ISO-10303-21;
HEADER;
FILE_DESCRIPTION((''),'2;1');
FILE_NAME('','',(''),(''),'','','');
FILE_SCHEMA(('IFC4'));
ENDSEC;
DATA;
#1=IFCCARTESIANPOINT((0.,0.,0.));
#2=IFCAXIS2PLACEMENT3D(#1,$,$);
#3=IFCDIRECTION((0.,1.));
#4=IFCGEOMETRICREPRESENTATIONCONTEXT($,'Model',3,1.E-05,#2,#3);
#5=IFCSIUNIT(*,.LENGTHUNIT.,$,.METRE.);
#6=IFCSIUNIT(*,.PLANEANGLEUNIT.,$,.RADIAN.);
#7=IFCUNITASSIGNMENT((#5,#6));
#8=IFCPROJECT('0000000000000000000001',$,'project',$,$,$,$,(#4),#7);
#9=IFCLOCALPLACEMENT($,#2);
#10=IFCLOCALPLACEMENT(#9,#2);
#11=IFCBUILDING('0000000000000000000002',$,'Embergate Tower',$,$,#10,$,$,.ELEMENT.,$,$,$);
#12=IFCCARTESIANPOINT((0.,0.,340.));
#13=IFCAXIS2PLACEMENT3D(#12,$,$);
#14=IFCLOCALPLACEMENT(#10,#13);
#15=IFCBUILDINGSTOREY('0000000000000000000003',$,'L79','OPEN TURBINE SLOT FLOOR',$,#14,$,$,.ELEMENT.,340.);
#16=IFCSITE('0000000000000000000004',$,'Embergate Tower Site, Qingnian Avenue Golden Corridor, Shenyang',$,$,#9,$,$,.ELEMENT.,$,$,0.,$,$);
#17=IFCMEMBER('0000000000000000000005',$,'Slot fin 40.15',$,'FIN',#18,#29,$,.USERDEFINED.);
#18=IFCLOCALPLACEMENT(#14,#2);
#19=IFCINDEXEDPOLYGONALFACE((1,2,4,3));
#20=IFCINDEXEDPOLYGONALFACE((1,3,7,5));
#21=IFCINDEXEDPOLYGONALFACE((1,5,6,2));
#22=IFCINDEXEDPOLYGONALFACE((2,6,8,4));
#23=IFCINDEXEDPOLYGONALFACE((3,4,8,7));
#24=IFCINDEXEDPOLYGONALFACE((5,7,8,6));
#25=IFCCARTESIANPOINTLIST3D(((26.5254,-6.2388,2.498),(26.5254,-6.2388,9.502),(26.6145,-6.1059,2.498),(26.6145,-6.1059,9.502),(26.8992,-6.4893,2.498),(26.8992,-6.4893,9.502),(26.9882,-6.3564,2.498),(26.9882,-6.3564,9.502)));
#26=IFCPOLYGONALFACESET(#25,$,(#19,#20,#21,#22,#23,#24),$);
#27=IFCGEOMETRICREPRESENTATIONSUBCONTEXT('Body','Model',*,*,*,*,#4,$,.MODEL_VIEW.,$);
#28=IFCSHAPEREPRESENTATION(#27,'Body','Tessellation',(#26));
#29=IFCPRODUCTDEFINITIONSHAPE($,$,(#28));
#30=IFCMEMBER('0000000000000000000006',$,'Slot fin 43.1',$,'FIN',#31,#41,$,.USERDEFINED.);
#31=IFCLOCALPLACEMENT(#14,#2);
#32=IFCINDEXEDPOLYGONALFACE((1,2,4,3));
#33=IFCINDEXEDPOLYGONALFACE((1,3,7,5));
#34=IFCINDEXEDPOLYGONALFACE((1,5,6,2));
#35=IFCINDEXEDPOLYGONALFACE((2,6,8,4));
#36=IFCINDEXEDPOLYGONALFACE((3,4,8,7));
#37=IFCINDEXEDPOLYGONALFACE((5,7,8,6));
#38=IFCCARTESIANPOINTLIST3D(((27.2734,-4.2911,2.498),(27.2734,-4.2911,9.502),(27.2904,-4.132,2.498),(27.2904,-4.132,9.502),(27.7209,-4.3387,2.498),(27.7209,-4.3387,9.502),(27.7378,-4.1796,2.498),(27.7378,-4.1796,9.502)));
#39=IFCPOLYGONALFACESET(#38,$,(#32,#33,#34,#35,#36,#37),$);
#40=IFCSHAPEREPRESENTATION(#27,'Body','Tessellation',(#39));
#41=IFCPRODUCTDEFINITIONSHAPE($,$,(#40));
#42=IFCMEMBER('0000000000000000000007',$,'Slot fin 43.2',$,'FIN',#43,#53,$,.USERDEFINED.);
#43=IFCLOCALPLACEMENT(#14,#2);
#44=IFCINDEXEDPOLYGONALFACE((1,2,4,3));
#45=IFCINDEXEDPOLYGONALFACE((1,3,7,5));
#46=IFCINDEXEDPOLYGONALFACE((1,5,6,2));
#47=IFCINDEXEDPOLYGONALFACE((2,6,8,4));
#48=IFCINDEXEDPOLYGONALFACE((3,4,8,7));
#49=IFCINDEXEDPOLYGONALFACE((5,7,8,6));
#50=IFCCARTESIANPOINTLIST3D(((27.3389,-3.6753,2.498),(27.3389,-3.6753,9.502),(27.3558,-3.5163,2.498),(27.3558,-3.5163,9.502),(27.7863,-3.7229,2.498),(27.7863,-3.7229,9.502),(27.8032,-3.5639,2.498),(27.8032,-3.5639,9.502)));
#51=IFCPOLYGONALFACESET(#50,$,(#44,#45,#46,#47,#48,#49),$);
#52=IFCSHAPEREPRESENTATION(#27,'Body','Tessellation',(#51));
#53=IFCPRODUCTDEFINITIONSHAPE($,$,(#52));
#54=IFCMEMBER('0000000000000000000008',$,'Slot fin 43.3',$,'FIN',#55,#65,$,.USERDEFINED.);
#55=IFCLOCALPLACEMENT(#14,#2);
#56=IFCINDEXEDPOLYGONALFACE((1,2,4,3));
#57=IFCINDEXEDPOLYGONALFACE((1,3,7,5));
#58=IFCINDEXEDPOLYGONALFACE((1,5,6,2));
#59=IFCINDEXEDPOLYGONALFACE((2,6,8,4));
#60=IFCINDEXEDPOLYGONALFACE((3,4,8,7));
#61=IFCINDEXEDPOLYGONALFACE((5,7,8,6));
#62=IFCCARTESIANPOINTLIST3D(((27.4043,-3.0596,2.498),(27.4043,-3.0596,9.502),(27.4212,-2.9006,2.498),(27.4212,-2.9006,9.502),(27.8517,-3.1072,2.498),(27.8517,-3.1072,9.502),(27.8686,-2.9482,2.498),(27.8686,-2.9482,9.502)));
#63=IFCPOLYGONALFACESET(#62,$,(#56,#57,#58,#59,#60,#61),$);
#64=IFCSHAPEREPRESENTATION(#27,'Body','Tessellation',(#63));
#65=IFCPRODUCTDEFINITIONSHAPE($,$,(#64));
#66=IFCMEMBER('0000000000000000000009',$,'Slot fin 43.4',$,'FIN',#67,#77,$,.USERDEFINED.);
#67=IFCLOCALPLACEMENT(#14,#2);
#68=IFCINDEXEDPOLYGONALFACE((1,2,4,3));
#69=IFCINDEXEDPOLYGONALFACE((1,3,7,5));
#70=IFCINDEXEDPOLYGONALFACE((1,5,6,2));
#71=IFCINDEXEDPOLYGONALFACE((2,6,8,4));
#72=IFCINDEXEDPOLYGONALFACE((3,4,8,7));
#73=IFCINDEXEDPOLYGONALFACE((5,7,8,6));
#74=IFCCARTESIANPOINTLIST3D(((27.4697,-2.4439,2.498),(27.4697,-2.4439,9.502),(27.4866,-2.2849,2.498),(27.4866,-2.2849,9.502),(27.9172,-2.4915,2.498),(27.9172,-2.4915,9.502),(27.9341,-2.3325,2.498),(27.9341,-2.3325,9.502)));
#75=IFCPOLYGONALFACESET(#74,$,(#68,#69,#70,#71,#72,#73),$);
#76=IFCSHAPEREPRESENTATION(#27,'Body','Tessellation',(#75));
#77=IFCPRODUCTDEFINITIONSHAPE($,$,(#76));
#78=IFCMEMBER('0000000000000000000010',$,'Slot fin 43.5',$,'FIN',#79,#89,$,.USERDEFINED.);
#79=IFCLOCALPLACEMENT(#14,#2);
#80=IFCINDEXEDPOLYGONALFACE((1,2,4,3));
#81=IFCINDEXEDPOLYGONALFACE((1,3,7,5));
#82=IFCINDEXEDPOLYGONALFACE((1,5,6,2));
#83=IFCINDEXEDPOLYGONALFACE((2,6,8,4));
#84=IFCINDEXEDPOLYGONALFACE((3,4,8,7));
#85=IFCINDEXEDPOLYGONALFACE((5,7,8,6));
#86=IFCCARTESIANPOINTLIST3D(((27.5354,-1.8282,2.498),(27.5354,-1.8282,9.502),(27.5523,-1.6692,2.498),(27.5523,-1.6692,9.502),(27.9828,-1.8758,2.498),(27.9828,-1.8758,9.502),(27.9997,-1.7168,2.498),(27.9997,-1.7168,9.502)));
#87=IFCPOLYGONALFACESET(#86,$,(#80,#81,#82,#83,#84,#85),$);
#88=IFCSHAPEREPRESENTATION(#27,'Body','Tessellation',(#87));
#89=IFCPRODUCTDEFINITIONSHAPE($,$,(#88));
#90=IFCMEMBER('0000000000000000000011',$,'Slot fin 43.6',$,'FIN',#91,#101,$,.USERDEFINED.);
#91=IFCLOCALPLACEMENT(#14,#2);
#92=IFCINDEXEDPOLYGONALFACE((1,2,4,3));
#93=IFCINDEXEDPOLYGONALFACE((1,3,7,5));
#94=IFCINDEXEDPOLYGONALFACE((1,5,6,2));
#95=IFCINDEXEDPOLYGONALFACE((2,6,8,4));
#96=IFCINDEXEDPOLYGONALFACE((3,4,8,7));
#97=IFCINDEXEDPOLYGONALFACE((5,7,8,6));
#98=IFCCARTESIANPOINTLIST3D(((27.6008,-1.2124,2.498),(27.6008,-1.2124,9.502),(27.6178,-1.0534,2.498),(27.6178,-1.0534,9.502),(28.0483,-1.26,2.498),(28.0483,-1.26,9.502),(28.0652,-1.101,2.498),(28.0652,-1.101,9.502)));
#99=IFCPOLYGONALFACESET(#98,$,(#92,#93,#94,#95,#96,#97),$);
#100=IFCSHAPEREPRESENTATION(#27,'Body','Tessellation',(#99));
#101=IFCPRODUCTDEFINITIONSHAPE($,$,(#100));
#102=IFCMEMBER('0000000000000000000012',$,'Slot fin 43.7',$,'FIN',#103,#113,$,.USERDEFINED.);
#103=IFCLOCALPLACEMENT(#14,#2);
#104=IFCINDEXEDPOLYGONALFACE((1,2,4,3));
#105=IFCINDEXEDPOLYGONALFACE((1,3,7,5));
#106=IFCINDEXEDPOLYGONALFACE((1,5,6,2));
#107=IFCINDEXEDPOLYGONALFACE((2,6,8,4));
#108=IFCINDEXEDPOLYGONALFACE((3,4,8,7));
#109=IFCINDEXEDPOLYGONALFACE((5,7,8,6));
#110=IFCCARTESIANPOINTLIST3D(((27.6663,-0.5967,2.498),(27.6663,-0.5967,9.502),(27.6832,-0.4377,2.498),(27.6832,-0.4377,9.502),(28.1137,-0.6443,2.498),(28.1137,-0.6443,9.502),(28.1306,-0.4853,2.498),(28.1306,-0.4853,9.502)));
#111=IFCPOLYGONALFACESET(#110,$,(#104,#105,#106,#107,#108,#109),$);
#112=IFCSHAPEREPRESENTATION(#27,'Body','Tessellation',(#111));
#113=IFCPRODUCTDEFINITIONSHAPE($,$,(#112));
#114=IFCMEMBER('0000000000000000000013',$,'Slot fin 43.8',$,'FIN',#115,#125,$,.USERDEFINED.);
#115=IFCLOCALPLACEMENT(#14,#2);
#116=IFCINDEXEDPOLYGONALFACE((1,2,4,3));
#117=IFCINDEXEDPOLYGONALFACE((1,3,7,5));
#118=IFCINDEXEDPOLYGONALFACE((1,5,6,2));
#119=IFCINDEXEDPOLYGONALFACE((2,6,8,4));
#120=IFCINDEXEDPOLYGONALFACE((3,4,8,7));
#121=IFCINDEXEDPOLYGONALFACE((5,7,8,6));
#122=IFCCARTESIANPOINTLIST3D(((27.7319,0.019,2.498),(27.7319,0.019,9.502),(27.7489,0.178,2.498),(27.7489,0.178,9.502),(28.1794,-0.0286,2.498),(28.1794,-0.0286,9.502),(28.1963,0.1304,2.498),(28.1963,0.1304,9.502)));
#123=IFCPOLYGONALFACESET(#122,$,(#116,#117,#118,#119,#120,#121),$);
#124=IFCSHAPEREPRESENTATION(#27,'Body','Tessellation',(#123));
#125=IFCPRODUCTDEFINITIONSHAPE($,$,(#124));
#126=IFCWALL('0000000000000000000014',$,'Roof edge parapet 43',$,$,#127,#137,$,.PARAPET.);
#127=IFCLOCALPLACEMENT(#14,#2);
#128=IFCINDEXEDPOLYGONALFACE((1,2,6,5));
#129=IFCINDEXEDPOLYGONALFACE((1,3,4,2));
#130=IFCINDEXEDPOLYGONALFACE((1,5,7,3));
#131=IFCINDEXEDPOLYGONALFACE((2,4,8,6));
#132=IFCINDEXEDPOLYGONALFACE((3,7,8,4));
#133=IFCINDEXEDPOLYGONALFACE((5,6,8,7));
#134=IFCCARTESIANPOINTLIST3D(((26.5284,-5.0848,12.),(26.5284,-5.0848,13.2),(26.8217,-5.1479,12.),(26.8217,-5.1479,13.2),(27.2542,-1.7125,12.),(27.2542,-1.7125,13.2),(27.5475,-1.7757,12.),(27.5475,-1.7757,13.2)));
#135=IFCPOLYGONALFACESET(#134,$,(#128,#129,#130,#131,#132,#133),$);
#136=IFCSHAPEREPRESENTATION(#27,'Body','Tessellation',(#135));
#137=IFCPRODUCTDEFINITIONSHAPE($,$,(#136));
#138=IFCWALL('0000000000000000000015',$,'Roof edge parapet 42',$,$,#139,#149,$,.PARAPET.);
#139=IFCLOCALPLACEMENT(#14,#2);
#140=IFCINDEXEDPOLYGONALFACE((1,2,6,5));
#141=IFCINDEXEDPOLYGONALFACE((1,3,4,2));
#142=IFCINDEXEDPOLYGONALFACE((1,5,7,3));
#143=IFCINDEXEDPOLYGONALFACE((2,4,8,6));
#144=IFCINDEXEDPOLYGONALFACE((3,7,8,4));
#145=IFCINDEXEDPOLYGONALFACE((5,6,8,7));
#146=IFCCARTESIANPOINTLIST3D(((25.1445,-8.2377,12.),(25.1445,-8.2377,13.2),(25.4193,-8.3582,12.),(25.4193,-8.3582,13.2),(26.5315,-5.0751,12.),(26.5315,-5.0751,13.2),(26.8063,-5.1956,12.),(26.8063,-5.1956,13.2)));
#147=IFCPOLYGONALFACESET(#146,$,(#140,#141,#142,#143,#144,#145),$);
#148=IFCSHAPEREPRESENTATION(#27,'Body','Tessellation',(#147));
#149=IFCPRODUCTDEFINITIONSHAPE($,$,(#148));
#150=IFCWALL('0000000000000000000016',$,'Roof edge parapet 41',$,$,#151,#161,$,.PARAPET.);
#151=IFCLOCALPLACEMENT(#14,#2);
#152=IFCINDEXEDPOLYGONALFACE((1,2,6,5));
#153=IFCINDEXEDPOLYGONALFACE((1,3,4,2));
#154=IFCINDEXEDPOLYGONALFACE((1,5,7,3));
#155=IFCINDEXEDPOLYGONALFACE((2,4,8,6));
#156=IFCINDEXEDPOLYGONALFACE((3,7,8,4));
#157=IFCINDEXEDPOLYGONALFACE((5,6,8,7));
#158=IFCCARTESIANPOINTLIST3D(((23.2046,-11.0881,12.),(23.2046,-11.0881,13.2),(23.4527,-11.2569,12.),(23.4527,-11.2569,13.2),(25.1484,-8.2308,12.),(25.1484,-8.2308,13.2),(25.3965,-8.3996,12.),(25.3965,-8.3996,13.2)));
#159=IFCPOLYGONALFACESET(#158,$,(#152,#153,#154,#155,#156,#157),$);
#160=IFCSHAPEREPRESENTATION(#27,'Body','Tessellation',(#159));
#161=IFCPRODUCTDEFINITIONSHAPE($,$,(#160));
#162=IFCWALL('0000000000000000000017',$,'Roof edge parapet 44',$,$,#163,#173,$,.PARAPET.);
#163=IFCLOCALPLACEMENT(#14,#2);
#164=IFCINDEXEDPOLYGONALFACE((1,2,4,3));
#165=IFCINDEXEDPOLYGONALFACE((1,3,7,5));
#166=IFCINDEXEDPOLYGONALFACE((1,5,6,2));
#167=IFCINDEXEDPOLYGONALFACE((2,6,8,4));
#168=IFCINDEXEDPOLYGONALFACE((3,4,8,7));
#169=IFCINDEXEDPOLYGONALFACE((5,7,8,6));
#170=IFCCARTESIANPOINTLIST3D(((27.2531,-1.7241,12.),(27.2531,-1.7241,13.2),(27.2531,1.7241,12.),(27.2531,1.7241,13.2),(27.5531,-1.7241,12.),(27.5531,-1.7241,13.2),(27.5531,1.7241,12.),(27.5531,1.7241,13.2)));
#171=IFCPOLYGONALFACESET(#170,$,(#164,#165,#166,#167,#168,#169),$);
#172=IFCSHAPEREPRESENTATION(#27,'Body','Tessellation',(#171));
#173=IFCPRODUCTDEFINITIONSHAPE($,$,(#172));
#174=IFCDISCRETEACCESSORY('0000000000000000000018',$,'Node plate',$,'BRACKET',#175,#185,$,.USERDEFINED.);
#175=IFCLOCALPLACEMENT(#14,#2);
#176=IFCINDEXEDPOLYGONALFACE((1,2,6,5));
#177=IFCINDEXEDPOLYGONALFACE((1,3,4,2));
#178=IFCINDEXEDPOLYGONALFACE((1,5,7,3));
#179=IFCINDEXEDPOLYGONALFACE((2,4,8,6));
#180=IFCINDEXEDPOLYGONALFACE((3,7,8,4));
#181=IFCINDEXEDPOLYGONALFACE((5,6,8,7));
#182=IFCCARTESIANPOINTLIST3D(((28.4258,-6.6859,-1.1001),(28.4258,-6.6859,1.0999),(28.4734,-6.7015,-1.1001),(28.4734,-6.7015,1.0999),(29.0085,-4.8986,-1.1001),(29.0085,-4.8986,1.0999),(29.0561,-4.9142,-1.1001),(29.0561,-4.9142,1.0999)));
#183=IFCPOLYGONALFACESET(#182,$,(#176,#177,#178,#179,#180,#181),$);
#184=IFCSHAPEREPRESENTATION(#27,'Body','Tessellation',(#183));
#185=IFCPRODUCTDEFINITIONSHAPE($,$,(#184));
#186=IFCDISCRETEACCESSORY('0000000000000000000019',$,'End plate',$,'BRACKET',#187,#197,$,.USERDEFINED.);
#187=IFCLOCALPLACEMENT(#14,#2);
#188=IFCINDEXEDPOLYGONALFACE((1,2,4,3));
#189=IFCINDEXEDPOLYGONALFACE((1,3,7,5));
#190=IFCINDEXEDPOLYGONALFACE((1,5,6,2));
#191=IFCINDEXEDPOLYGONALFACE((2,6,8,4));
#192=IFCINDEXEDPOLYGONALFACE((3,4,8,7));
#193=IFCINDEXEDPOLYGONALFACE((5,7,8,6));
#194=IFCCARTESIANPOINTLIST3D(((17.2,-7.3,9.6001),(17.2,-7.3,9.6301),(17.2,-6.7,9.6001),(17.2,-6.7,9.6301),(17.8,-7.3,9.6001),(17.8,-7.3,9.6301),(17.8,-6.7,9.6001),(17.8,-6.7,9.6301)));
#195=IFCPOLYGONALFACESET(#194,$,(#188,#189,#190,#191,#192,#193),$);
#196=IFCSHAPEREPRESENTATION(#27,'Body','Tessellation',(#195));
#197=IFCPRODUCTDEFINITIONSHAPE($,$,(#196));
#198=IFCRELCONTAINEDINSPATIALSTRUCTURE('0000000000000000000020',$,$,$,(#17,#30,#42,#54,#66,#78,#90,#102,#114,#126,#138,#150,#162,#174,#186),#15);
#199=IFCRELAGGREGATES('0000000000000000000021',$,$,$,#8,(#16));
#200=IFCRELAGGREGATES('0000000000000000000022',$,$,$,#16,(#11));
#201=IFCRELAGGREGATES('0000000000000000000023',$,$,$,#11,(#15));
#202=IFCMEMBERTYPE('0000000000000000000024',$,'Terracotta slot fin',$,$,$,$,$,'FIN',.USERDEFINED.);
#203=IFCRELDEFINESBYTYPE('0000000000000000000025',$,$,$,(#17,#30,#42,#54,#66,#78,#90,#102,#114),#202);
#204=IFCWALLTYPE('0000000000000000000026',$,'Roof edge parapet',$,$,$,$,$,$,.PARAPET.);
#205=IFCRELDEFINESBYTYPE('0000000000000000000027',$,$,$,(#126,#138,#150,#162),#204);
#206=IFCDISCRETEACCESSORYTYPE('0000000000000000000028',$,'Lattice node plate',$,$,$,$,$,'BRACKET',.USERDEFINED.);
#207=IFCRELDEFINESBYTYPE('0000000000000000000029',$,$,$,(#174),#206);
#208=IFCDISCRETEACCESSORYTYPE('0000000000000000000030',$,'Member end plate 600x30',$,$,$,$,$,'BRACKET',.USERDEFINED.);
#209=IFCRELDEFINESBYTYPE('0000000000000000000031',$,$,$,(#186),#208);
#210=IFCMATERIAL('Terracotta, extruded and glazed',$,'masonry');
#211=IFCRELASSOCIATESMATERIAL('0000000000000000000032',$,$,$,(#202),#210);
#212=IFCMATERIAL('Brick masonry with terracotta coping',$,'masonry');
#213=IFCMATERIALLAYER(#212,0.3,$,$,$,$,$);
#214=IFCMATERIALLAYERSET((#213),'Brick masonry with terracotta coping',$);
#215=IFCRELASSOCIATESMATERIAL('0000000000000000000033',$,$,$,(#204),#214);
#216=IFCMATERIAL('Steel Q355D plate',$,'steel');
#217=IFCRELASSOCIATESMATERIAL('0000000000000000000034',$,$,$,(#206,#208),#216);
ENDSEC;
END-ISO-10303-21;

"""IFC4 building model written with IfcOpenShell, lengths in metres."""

from ifc_helpers import new_model, si_unit, direction, frame, frame_2d, origin, origin_2d, place, context, subcontext, project, spatial, rectangle, extrude, source, transform, mapped, material, layer, layer_set, material_profile, profile_set, type_object, element, save


model = new_model("IFC4")

# Units and contexts
model_context = context("Model", 3, precision=1e-05, world=origin(), true_north=direction((0.0, 1.0)))
body_context = subcontext(model_context, "Body", "Model", "MODEL_VIEW")
ifc_project = project(units=[si_unit("LENGTHUNIT", "METRE"), si_unit("PLANEANGLEUNIT", "RADIAN")], contexts=[model_context])

# Site, building, storey
site_placement = place(None, origin())
site = spatial("IfcSite", under=ifc_project, at=site_placement, Name="Embergate Tower Site, Qingnian Avenue Golden Corridor, Shenyang", CompositionType="ELEMENT", RefElevation=0.0)
building_placement = place(site_placement, origin())
building = spatial("IfcBuilding", under=site, at=building_placement, Name="Embergate Tower", CompositionType="ELEMENT")
storey_placement = place(building_placement, frame((0.0, 0.0, 340.0)))
storey = spatial("IfcBuildingStorey", under=building, at=storey_placement, Name="L79", Description="OPEN TURBINE SLOT FLOOR", CompositionType="ELEMENT", Elevation=340.0)

# Members
ifc_material_1 = material(Name="Terracotta, extruded and glazed", Category="masonry")
ifc_material_profile_1 = material_profile(ifc_material_1, rectangle(XDim=0.45, YDim=0.1599, at=origin_2d()), Name="TC 450x160")
ifc_profile_set_1 = profile_set([ifc_material_profile_1], Name="Terracotta, extruded and glazed")
member_type_1 = type_object("IfcMemberType", Name="Terracotta slot fin", ElementType="FIN", PredefinedType="USERDEFINED", material=ifc_profile_set_1)
shared_shape_1 = source(origin(), body_context, "Body", "SweptSolid", [
    extrude(rectangle(XDim=0.45, YDim=0.1599, at=origin_2d()), origin(), (0.0, 0.0, 1.0), 7.0039),
])
for number, where, z_axis, x_axis, name in (
    (1, (26.7568, -6.2976, 2.498), (0.0, 0.0, 1.0), (-0.830713, 0.556702, 0.0), "Slot fin 40.15"),
    (2, (27.5056, -4.2354, 2.498), (0.0, 0.0, 1.0), (-0.99439, 0.105775, 0.0), "Slot fin 43.1"),
    (3, (27.571, -3.6196, 2.498), (0.0, 0.0, 1.0), (-0.99439, 0.105775, 0.0), "Slot fin 43.2"),
    (4, (27.6365, -3.0039, 2.498), (0.0, 0.0, 1.0), (-0.99439, 0.105775, 0.0), "Slot fin 43.3"),
    (5, (27.7019, -2.3882, 2.498), (0.0, 0.0, 1.0), (-0.99439, 0.105775, 0.0), "Slot fin 43.4"),
    (6, (27.7676, -1.7725, 2.498), (0.0, 0.0, 1.0), (-0.99439, 0.105775, 0.0), "Slot fin 43.5"),
    (7, (27.833, -1.1567, 2.498), (0.0, 0.0, 1.0), (-0.99439, 0.105775, 0.0), "Slot fin 43.6"),
    (8, (27.8984, -0.541, 2.498), (0.0, 0.0, 1.0), (-0.99439, 0.105775, 0.0), "Slot fin 43.7"),
    (9, (27.9641, 0.0747, 2.498), (0.0, 0.0, 1.0), (-0.99439, 0.105775, 0.0), "Slot fin 43.8"),
):
    element("IfcMember", number, at=place(storey_placement, frame(where, z_axis=z_axis, x_axis=x_axis)), inside=storey, type_object=member_type_1, Name=name, ObjectType="FIN", PredefinedType="USERDEFINED", context=body_context, shape_type="MappedRepresentation", body=[
        mapped(shared_shape_1, transform((0.0, 0.0, 0.0))),
    ])

# Walls
ifc_material_2 = material(Name="Brick masonry with terracotta coping", Category="masonry")
ifc_layer = layer(ifc_material_2, 0.3)
ifc_layer_set = layer_set([ifc_layer], Name="Brick masonry with terracotta coping")
wall_type = type_object("IfcWallType", Name="Roof edge parapet", PredefinedType="PARAPET", material=ifc_layer_set)
shared_shape_2 = source(origin(), body_context, "Body", "SweptSolid", [
    extrude(rectangle(XDim=3.4495, YDim=0.3, at=frame_2d((1.7246, 0.0))), origin(), (0.0, 0.0, 1.0), 1.2),
])
wall_1_placement = place(storey_placement, frame((26.675, -5.1162, 12.0), z_axis=(0.0, 0.0, 1.0), x_axis=(0.210414, 0.977612, 0.0)))
element("IfcWall", 10, at=wall_1_placement, inside=storey, type_object=wall_type, Name="Roof edge parapet 43", PredefinedType="PARAPET", context=body_context, shape_type="MappedRepresentation", body=[
    mapped(shared_shape_2, transform((0.0, 0.0, 0.0))),
])
shared_shape_3 = source(origin(), body_context, "Body", "SweptSolid", [
    extrude(rectangle(XDim=3.4534, YDim=0.3, at=frame_2d((1.7266, 0.0))), origin(), (0.0, 0.0, 1.0), 1.2),
])
wall_2_placement = place(storey_placement, frame((25.282, -8.2979, 12.0), z_axis=(0.0, 0.0, 1.0), x_axis=(0.401627, 0.915803, 0.0)))
element("IfcWall", 11, at=wall_2_placement, inside=storey, type_object=wall_type, Name="Roof edge parapet 42", PredefinedType="PARAPET", context=body_context, shape_type="MappedRepresentation", body=[
    mapped(shared_shape_3, transform((0.0, 0.0, 0.0))),
])
shared_shape_4 = source(origin(), body_context, "Body", "SweptSolid", [
    extrude(rectangle(XDim=3.4558, YDim=0.3, at=frame_2d((1.728, 0.0))), origin(), (0.0, 0.0, 1.0), 1.2),
])
wall_3_placement = place(storey_placement, frame((23.3286, -11.1726, 12.0), z_axis=(0.0, 0.0, 1.0), x_axis=(0.562468, 0.826819, 0.0)))
element("IfcWall", 12, at=wall_3_placement, inside=storey, type_object=wall_type, Name="Roof edge parapet 41", PredefinedType="PARAPET", context=body_context, shape_type="MappedRepresentation", body=[
    mapped(shared_shape_4, transform((0.0, 0.0, 0.0))),
])
shared_shape_5 = source(origin(), body_context, "Body", "SweptSolid", [
    extrude(rectangle(XDim=3.4482, YDim=0.3, at=frame_2d((1.7241, 0.0))), origin(), (0.0, 0.0, 1.0), 1.2),
])
wall_4_placement = place(storey_placement, frame((27.4031, -1.7241, 12.0), z_axis=(0.0, 0.0, 1.0), x_axis=(0.0, 1.0, 0.0)))
element("IfcWall", 13, at=wall_4_placement, inside=storey, type_object=wall_type, Name="Roof edge parapet 44", PredefinedType="PARAPET", context=body_context, shape_type="MappedRepresentation", body=[
    mapped(shared_shape_5, transform((0.0, 0.0, 0.0))),
])

# Discrete accessories
ifc_material_3 = material(Name="Steel Q355D plate", Category="steel")
discrete_accessory_type_1 = type_object("IfcDiscreteAccessoryType", Name="Lattice node plate", ElementType="BRACKET", PredefinedType="USERDEFINED", material=ifc_material_3)
shared_shape_6 = source(origin(), body_context, "Body", "SweptSolid", [
    extrude(rectangle(XDim=1.8799, YDim=0.05, at=origin_2d()), origin(), (0.0, 0.0, 1.0), 2.2),
])
discrete_accessory_1_placement = place(storey_placement, frame((28.741, -5.8, -1.1001), z_axis=(0.0, 0.0, 1.0), x_axis=(0.309946, 0.950754, 0.0)))
element("IfcDiscreteAccessory", 14, at=discrete_accessory_1_placement, inside=storey, type_object=discrete_accessory_type_1, Name="Node plate", ObjectType="BRACKET", PredefinedType="USERDEFINED", context=body_context, shape_type="MappedRepresentation", body=[
    mapped(shared_shape_6, transform((0.0, 0.0, 0.0))),
])
discrete_accessory_type_2 = type_object("IfcDiscreteAccessoryType", Name="Member end plate 600x30", ElementType="BRACKET", PredefinedType="USERDEFINED", material=ifc_material_3)
shared_shape_7 = source(origin(), body_context, "Body", "SweptSolid", [
    extrude(rectangle(XDim=0.6001, YDim=0.6001, at=origin_2d()), origin(), (0.0, 0.0, 1.0), 0.03),
])
discrete_accessory_2_placement = place(storey_placement, frame((17.5, -7.0, 9.6001), z_axis=(0.0, 0.0, 1.0), x_axis=(1.0, 0.0, 0.0)))
element("IfcDiscreteAccessory", 15, at=discrete_accessory_2_placement, inside=storey, type_object=discrete_accessory_type_2, Name="End plate", ObjectType="BRACKET", PredefinedType="USERDEFINED", context=body_context, shape_type="MappedRepresentation", body=[
    mapped(shared_shape_7, transform((0.0, 0.0, 0.0))),
])

save(model, "model.ifc")
